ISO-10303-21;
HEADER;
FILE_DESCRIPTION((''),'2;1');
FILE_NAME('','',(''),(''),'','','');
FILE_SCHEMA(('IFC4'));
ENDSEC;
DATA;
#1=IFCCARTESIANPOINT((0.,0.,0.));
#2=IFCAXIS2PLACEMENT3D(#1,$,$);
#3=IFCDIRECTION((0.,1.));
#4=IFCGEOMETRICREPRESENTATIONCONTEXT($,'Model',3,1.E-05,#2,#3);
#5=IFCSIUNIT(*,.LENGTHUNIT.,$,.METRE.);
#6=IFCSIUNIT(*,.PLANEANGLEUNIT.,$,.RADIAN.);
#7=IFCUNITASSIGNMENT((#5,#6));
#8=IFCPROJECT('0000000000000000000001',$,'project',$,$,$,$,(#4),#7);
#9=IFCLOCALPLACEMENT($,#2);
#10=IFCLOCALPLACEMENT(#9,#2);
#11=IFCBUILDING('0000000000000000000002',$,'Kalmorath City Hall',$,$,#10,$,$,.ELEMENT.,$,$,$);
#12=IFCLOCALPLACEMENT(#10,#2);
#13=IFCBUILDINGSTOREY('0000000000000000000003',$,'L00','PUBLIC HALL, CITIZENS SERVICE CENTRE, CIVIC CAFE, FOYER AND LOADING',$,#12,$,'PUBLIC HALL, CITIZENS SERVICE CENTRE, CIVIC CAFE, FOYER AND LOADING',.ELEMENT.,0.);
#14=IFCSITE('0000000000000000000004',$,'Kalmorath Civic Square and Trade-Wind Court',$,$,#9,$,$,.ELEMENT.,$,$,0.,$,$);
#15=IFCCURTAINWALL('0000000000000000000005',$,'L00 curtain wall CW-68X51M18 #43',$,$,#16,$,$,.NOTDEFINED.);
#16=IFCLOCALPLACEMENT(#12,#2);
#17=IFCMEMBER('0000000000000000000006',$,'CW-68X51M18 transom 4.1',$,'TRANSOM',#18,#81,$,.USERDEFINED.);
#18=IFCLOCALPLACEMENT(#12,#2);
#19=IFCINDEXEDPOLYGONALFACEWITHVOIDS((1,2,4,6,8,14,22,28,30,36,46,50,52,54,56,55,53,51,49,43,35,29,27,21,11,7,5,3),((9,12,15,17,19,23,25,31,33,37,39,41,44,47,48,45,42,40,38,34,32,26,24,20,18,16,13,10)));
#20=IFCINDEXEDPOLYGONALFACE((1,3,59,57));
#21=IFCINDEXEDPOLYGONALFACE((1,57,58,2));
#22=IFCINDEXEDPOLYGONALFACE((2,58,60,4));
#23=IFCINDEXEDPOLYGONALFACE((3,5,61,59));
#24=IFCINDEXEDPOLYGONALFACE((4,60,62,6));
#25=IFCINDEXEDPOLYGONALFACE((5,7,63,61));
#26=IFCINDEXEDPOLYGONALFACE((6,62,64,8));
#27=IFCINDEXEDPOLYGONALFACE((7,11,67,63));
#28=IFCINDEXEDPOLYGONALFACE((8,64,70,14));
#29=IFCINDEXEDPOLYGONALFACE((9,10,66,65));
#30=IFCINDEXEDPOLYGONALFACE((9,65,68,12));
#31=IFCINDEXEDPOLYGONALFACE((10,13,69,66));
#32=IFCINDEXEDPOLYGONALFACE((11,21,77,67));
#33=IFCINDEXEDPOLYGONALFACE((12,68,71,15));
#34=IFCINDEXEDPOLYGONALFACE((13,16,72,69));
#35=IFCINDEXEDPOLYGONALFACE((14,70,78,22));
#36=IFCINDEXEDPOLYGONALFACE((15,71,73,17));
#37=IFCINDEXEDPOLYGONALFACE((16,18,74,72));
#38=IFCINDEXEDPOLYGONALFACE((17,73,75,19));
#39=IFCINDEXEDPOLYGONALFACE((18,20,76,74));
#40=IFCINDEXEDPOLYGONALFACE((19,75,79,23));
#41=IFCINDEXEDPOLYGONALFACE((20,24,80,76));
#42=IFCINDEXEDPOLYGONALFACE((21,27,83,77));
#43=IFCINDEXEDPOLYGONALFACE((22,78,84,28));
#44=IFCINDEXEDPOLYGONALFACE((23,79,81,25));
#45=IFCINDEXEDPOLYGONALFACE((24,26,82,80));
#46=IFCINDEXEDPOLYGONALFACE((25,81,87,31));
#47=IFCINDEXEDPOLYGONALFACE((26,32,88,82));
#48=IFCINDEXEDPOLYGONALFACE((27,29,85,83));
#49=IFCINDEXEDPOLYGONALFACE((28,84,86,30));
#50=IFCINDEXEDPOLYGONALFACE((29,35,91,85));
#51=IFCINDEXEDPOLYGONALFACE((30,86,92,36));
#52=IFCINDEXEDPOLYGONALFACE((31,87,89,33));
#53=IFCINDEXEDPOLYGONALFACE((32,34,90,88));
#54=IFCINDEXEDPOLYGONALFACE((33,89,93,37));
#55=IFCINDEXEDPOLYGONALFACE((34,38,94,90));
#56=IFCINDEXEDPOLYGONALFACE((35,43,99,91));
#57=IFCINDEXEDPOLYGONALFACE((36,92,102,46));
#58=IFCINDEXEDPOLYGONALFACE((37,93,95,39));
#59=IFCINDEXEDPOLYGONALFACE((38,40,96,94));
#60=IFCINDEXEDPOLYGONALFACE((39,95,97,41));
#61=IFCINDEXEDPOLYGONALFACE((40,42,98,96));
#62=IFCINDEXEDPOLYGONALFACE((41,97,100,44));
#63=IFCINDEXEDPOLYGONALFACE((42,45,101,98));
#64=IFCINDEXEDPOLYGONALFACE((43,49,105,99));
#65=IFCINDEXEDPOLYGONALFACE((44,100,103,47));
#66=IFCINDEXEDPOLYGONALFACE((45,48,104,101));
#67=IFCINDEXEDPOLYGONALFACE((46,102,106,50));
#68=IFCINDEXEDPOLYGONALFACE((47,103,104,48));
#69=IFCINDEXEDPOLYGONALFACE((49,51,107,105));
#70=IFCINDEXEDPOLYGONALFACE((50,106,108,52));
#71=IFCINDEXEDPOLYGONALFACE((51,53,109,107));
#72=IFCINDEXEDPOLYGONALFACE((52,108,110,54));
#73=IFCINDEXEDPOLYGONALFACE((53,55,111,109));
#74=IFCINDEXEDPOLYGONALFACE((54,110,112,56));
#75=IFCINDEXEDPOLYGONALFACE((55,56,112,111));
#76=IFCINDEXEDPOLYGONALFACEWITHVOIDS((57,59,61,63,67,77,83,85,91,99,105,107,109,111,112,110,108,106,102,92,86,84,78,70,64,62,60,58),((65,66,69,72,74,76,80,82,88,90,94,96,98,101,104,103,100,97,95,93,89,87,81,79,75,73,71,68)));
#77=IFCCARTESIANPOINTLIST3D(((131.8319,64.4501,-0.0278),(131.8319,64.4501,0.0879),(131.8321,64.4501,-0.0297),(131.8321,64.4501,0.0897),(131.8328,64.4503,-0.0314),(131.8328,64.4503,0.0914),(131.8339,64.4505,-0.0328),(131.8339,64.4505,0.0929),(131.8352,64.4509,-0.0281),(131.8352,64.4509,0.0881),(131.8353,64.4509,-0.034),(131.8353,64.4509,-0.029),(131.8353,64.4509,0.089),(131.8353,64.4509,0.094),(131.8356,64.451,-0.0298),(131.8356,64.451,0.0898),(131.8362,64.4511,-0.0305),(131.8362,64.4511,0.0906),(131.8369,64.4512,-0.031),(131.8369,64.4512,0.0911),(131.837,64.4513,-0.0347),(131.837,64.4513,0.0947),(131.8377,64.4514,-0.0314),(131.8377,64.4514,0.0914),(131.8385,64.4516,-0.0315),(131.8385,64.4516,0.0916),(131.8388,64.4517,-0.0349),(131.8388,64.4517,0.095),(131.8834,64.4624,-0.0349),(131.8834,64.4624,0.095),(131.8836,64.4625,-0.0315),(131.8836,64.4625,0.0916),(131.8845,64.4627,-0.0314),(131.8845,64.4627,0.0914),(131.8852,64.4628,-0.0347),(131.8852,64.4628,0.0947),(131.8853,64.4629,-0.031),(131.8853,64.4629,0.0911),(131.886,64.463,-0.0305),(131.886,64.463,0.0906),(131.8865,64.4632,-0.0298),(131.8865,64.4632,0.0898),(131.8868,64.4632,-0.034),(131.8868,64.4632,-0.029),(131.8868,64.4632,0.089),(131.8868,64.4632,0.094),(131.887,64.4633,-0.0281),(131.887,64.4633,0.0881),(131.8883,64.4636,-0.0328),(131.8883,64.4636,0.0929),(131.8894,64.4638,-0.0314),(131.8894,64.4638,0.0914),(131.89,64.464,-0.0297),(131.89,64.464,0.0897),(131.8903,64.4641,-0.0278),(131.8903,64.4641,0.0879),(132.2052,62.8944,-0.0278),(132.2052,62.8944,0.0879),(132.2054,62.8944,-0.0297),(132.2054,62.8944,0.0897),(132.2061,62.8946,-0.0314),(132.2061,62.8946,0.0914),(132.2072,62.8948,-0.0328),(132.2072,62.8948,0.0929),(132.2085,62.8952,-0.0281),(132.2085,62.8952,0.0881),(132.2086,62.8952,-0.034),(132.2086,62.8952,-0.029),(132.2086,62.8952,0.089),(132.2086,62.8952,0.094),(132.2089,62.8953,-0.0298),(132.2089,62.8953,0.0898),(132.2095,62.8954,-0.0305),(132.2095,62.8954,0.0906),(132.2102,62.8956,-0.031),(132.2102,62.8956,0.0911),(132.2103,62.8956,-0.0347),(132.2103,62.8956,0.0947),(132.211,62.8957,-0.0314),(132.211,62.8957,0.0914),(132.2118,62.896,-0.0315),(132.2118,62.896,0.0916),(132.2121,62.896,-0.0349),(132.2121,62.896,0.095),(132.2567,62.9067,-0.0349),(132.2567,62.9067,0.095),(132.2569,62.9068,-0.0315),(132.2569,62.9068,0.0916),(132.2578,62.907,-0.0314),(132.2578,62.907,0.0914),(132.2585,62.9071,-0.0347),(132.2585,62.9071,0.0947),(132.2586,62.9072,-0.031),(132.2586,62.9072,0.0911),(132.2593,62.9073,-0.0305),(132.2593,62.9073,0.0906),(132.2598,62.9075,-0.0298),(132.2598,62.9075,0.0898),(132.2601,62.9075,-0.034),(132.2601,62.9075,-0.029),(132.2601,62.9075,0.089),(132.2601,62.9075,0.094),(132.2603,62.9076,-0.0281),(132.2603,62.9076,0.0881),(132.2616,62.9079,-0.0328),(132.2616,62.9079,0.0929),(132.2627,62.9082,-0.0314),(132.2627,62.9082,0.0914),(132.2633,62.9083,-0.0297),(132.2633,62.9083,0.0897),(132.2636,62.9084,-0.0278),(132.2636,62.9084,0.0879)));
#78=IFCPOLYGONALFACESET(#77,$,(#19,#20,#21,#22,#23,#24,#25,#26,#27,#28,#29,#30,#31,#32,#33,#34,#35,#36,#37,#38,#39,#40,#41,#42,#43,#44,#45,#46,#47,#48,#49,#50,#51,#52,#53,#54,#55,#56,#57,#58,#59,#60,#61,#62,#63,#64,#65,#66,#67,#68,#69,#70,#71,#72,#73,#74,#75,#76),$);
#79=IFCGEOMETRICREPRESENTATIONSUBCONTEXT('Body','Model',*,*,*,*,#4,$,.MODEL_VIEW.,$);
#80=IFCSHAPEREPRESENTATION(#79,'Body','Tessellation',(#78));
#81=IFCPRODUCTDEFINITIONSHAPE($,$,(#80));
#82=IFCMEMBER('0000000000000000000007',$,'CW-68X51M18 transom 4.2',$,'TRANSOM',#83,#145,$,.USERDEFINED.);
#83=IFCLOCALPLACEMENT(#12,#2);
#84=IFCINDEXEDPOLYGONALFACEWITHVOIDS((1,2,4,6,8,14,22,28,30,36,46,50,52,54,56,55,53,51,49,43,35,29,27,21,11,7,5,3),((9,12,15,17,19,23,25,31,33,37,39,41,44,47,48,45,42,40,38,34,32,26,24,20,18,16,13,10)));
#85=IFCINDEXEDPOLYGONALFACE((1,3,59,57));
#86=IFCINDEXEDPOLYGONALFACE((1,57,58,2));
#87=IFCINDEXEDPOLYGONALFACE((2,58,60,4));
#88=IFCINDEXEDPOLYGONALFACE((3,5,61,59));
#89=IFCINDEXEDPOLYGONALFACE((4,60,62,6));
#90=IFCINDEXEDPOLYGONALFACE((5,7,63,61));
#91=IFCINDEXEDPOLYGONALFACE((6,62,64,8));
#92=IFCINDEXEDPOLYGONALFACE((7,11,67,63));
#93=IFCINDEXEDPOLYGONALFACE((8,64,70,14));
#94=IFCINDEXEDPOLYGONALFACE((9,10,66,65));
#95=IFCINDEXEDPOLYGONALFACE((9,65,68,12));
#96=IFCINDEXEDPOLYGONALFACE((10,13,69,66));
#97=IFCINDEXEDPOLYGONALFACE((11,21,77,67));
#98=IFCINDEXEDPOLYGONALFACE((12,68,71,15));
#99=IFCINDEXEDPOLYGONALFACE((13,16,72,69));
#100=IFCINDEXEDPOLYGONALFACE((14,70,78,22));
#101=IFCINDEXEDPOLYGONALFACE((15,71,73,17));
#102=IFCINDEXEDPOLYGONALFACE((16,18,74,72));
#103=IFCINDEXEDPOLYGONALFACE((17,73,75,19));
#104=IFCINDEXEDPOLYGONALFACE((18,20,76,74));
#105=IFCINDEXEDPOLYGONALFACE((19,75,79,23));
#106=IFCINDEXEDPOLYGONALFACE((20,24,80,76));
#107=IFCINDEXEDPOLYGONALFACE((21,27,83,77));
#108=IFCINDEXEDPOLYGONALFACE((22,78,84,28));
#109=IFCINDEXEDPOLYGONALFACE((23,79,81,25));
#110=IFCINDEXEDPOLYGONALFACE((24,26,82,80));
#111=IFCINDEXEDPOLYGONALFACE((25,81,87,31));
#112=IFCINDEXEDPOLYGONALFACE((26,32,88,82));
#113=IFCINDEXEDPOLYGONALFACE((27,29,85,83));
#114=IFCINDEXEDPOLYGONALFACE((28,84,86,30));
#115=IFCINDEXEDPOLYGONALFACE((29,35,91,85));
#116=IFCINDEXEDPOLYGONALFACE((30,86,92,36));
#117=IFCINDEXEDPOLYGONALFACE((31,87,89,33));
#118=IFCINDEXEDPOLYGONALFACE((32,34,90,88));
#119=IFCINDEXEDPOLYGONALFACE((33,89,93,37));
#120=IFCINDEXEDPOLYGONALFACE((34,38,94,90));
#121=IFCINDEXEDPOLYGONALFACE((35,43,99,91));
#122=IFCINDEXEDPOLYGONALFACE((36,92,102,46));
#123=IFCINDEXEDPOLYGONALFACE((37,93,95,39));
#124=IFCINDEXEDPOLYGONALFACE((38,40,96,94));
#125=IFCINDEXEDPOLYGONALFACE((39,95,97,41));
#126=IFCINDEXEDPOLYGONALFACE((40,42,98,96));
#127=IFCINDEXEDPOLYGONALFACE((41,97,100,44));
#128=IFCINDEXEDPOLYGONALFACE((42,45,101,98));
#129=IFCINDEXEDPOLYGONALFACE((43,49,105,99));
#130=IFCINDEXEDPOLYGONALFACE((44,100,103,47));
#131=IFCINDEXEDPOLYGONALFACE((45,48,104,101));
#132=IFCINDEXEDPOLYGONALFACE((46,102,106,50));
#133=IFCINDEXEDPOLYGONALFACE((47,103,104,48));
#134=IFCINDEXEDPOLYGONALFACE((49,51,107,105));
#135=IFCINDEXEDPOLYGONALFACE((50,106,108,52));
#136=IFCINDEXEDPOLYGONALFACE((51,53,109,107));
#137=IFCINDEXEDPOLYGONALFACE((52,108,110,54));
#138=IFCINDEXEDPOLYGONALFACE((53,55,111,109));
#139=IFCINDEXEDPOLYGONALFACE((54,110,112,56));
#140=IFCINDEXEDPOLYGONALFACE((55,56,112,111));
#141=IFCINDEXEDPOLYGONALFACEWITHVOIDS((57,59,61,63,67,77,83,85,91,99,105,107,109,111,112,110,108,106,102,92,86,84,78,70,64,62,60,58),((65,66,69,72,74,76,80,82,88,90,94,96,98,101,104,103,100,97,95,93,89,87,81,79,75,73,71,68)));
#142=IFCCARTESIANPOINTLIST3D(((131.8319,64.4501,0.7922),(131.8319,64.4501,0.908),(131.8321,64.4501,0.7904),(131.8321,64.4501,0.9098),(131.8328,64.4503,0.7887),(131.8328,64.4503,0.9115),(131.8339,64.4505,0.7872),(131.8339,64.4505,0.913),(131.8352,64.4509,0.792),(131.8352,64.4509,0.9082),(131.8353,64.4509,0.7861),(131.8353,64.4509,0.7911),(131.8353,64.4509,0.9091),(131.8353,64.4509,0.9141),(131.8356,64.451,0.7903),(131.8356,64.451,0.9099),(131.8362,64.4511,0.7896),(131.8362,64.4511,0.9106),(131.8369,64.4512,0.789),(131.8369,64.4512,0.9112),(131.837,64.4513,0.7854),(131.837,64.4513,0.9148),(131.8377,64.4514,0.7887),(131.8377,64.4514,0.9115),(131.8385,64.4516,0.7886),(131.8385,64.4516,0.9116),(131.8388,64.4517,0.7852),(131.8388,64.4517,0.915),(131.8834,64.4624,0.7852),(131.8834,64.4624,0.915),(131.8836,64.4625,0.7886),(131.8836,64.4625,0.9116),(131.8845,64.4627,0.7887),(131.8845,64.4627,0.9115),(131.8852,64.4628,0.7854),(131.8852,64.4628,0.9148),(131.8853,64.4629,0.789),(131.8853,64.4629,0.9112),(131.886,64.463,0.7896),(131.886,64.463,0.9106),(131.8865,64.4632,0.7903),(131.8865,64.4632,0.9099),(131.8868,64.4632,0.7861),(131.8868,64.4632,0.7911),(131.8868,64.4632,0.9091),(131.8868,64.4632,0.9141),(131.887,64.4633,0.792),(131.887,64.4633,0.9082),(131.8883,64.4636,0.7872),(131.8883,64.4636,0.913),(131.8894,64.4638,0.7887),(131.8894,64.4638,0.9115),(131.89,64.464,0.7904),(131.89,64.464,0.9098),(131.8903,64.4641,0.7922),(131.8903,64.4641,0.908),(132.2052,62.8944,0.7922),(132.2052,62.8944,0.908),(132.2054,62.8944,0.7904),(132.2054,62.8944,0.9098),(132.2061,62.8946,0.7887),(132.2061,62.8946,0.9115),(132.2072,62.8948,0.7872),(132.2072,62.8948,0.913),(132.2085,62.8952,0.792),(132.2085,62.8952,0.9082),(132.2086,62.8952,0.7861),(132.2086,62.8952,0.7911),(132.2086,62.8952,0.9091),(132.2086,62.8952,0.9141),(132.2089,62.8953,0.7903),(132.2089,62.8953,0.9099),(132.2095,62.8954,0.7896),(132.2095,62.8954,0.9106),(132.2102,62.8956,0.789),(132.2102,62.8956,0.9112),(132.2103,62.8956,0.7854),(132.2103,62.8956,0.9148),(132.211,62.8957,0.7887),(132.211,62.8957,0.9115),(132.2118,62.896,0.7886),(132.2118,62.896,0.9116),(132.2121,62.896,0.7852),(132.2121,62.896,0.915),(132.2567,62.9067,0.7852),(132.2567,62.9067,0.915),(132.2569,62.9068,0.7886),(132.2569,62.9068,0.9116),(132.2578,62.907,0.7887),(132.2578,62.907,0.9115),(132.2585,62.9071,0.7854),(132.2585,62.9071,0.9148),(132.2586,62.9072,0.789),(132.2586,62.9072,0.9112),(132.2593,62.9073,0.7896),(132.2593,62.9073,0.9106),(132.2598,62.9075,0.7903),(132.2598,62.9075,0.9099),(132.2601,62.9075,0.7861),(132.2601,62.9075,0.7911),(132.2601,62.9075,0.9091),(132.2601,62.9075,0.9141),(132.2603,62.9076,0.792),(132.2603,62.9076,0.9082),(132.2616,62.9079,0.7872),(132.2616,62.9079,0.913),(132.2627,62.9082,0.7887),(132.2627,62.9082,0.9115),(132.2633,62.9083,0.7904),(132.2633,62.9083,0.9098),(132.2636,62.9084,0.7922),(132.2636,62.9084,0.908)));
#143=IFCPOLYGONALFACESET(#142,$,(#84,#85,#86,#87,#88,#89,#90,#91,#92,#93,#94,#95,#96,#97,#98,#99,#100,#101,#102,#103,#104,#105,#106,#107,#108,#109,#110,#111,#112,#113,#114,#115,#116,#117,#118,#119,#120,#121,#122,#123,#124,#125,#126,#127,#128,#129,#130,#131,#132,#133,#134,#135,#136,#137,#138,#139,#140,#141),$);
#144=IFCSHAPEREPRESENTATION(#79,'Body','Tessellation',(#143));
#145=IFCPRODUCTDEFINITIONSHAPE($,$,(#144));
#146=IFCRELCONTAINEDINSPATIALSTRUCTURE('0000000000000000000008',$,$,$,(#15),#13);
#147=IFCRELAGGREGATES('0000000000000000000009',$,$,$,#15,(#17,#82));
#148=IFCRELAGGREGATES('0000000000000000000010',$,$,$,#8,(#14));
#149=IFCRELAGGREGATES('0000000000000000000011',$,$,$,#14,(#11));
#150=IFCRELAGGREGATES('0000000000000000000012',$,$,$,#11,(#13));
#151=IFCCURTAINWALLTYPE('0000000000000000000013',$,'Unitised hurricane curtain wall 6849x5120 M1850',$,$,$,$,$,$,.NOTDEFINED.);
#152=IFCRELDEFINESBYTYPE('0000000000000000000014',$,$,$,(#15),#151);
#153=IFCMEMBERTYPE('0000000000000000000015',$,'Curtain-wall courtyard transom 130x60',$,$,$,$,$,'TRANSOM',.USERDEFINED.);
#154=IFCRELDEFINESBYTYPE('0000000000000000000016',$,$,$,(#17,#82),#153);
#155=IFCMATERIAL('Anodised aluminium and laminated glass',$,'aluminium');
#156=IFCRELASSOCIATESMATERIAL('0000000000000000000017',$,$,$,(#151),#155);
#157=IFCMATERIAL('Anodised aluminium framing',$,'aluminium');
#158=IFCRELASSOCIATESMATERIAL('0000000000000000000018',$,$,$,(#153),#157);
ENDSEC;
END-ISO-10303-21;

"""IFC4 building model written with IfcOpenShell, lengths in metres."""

from ifc_helpers import new_model, si_unit, direction, frame, origin, origin_2d, place, context, subcontext, project, spatial, hollow_rectangle, extrude, material, material_profile, profile_set, type_object, element, aggregate, save


model = new_model("IFC4")

# Units and contexts
model_context = context("Model", 3, precision=1e-05, world=origin(), true_north=direction((0.0, 1.0)))
body_context = subcontext(model_context, "Body", "Model", "MODEL_VIEW")
ifc_project = project(units=[si_unit("LENGTHUNIT", "METRE"), si_unit("PLANEANGLEUNIT", "RADIAN")], contexts=[model_context])

# Site, building, storey
site_placement = place(None, origin())
site = spatial("IfcSite", under=ifc_project, at=site_placement, Name="Kalmorath Civic Square and Trade-Wind Court", CompositionType="ELEMENT", RefElevation=0.0)
building_placement = place(site_placement, origin())
building = spatial("IfcBuilding", under=site, at=building_placement, Name="Kalmorath City Hall", CompositionType="ELEMENT")
storey_placement = place(building_placement, origin())
storey = spatial("IfcBuildingStorey", under=building, at=storey_placement, Name="L00", Description="PUBLIC HALL, CITIZENS SERVICE CENTRE, CIVIC CAFE, FOYER AND LOADING", LongName="PUBLIC HALL, CITIZENS SERVICE CENTRE, CIVIC CAFE, FOYER AND LOADING", CompositionType="ELEMENT", Elevation=0.0)

# Curtain wall, members
ifc_material_1 = material(Name="Anodised aluminium and laminated glass", Category="aluminium")
curtain_wall_type = type_object("IfcCurtainWallType", Name="Unitised hurricane curtain wall 6849x5120 M1850", PredefinedType="NOTDEFINED", material=ifc_material_1)
curtain_wall_placement = place(storey_placement, origin())
curtain_wall = element("IfcCurtainWall", 1, at=curtain_wall_placement, inside=storey, type_object=curtain_wall_type, Name="L00 curtain wall CW-68X51M18 #43", PredefinedType="NOTDEFINED")
ifc_material_2 = material(Name="Anodised aluminium framing", Category="aluminium")
ifc_material_profile_1 = material_profile(ifc_material_2, hollow_rectangle(XDim=0.0601, YDim=0.1299, WallThickness=0.0034, InnerFilletRadius=0.0034, OuterFilletRadius=0.0071, at=origin_2d()), Name="ALU-TRN-130X60X3.5")
ifc_profile_set_1 = profile_set([ifc_material_profile_1], Name="Anodised aluminium framing")
member_type_1 = type_object("IfcMemberType", Name="Curtain-wall courtyard transom 130x60", ElementType="TRANSOM", PredefinedType="USERDEFINED", material=ifc_profile_set_1)
member_1_placement = place(storey_placement, frame((132.2344, 62.9014, 0.03), z_axis=(-0.233333, 0.972397, 0.0), x_axis=(-0.972397, -0.233333, 0.0)))
member_1 = element("IfcMember", 2, at=member_1_placement, type_object=member_type_1, Name="CW-68X51M18 transom 4.1", ObjectType="TRANSOM", PredefinedType="USERDEFINED", context=body_context, shape_type="SweptSolid", body=[
    extrude(hollow_rectangle(XDim=0.0601, YDim=0.1299, WallThickness=0.0034, InnerFilletRadius=0.0034, OuterFilletRadius=0.0071, at=origin_2d()), origin(), (0.0, 0.0, 1.0), 1.5999),
])
member_2_placement = place(storey_placement, frame((132.2344, 62.9014, 0.8501), z_axis=(-0.233333, 0.972397, 0.0), x_axis=(-0.972397, -0.233333, 0.0)))
member_2 = element("IfcMember", 3, at=member_2_placement, type_object=member_type_1, Name="CW-68X51M18 transom 4.2", ObjectType="TRANSOM", PredefinedType="USERDEFINED", context=body_context, shape_type="SweptSolid", body=[
    extrude(hollow_rectangle(XDim=0.0601, YDim=0.1299, WallThickness=0.0034, InnerFilletRadius=0.0034, OuterFilletRadius=0.0071, at=origin_2d()), origin(), (0.0, 0.0, 1.0), 1.5999),
])
aggregate(curtain_wall, [member_1, member_2])

save(model, "model.ifc")
